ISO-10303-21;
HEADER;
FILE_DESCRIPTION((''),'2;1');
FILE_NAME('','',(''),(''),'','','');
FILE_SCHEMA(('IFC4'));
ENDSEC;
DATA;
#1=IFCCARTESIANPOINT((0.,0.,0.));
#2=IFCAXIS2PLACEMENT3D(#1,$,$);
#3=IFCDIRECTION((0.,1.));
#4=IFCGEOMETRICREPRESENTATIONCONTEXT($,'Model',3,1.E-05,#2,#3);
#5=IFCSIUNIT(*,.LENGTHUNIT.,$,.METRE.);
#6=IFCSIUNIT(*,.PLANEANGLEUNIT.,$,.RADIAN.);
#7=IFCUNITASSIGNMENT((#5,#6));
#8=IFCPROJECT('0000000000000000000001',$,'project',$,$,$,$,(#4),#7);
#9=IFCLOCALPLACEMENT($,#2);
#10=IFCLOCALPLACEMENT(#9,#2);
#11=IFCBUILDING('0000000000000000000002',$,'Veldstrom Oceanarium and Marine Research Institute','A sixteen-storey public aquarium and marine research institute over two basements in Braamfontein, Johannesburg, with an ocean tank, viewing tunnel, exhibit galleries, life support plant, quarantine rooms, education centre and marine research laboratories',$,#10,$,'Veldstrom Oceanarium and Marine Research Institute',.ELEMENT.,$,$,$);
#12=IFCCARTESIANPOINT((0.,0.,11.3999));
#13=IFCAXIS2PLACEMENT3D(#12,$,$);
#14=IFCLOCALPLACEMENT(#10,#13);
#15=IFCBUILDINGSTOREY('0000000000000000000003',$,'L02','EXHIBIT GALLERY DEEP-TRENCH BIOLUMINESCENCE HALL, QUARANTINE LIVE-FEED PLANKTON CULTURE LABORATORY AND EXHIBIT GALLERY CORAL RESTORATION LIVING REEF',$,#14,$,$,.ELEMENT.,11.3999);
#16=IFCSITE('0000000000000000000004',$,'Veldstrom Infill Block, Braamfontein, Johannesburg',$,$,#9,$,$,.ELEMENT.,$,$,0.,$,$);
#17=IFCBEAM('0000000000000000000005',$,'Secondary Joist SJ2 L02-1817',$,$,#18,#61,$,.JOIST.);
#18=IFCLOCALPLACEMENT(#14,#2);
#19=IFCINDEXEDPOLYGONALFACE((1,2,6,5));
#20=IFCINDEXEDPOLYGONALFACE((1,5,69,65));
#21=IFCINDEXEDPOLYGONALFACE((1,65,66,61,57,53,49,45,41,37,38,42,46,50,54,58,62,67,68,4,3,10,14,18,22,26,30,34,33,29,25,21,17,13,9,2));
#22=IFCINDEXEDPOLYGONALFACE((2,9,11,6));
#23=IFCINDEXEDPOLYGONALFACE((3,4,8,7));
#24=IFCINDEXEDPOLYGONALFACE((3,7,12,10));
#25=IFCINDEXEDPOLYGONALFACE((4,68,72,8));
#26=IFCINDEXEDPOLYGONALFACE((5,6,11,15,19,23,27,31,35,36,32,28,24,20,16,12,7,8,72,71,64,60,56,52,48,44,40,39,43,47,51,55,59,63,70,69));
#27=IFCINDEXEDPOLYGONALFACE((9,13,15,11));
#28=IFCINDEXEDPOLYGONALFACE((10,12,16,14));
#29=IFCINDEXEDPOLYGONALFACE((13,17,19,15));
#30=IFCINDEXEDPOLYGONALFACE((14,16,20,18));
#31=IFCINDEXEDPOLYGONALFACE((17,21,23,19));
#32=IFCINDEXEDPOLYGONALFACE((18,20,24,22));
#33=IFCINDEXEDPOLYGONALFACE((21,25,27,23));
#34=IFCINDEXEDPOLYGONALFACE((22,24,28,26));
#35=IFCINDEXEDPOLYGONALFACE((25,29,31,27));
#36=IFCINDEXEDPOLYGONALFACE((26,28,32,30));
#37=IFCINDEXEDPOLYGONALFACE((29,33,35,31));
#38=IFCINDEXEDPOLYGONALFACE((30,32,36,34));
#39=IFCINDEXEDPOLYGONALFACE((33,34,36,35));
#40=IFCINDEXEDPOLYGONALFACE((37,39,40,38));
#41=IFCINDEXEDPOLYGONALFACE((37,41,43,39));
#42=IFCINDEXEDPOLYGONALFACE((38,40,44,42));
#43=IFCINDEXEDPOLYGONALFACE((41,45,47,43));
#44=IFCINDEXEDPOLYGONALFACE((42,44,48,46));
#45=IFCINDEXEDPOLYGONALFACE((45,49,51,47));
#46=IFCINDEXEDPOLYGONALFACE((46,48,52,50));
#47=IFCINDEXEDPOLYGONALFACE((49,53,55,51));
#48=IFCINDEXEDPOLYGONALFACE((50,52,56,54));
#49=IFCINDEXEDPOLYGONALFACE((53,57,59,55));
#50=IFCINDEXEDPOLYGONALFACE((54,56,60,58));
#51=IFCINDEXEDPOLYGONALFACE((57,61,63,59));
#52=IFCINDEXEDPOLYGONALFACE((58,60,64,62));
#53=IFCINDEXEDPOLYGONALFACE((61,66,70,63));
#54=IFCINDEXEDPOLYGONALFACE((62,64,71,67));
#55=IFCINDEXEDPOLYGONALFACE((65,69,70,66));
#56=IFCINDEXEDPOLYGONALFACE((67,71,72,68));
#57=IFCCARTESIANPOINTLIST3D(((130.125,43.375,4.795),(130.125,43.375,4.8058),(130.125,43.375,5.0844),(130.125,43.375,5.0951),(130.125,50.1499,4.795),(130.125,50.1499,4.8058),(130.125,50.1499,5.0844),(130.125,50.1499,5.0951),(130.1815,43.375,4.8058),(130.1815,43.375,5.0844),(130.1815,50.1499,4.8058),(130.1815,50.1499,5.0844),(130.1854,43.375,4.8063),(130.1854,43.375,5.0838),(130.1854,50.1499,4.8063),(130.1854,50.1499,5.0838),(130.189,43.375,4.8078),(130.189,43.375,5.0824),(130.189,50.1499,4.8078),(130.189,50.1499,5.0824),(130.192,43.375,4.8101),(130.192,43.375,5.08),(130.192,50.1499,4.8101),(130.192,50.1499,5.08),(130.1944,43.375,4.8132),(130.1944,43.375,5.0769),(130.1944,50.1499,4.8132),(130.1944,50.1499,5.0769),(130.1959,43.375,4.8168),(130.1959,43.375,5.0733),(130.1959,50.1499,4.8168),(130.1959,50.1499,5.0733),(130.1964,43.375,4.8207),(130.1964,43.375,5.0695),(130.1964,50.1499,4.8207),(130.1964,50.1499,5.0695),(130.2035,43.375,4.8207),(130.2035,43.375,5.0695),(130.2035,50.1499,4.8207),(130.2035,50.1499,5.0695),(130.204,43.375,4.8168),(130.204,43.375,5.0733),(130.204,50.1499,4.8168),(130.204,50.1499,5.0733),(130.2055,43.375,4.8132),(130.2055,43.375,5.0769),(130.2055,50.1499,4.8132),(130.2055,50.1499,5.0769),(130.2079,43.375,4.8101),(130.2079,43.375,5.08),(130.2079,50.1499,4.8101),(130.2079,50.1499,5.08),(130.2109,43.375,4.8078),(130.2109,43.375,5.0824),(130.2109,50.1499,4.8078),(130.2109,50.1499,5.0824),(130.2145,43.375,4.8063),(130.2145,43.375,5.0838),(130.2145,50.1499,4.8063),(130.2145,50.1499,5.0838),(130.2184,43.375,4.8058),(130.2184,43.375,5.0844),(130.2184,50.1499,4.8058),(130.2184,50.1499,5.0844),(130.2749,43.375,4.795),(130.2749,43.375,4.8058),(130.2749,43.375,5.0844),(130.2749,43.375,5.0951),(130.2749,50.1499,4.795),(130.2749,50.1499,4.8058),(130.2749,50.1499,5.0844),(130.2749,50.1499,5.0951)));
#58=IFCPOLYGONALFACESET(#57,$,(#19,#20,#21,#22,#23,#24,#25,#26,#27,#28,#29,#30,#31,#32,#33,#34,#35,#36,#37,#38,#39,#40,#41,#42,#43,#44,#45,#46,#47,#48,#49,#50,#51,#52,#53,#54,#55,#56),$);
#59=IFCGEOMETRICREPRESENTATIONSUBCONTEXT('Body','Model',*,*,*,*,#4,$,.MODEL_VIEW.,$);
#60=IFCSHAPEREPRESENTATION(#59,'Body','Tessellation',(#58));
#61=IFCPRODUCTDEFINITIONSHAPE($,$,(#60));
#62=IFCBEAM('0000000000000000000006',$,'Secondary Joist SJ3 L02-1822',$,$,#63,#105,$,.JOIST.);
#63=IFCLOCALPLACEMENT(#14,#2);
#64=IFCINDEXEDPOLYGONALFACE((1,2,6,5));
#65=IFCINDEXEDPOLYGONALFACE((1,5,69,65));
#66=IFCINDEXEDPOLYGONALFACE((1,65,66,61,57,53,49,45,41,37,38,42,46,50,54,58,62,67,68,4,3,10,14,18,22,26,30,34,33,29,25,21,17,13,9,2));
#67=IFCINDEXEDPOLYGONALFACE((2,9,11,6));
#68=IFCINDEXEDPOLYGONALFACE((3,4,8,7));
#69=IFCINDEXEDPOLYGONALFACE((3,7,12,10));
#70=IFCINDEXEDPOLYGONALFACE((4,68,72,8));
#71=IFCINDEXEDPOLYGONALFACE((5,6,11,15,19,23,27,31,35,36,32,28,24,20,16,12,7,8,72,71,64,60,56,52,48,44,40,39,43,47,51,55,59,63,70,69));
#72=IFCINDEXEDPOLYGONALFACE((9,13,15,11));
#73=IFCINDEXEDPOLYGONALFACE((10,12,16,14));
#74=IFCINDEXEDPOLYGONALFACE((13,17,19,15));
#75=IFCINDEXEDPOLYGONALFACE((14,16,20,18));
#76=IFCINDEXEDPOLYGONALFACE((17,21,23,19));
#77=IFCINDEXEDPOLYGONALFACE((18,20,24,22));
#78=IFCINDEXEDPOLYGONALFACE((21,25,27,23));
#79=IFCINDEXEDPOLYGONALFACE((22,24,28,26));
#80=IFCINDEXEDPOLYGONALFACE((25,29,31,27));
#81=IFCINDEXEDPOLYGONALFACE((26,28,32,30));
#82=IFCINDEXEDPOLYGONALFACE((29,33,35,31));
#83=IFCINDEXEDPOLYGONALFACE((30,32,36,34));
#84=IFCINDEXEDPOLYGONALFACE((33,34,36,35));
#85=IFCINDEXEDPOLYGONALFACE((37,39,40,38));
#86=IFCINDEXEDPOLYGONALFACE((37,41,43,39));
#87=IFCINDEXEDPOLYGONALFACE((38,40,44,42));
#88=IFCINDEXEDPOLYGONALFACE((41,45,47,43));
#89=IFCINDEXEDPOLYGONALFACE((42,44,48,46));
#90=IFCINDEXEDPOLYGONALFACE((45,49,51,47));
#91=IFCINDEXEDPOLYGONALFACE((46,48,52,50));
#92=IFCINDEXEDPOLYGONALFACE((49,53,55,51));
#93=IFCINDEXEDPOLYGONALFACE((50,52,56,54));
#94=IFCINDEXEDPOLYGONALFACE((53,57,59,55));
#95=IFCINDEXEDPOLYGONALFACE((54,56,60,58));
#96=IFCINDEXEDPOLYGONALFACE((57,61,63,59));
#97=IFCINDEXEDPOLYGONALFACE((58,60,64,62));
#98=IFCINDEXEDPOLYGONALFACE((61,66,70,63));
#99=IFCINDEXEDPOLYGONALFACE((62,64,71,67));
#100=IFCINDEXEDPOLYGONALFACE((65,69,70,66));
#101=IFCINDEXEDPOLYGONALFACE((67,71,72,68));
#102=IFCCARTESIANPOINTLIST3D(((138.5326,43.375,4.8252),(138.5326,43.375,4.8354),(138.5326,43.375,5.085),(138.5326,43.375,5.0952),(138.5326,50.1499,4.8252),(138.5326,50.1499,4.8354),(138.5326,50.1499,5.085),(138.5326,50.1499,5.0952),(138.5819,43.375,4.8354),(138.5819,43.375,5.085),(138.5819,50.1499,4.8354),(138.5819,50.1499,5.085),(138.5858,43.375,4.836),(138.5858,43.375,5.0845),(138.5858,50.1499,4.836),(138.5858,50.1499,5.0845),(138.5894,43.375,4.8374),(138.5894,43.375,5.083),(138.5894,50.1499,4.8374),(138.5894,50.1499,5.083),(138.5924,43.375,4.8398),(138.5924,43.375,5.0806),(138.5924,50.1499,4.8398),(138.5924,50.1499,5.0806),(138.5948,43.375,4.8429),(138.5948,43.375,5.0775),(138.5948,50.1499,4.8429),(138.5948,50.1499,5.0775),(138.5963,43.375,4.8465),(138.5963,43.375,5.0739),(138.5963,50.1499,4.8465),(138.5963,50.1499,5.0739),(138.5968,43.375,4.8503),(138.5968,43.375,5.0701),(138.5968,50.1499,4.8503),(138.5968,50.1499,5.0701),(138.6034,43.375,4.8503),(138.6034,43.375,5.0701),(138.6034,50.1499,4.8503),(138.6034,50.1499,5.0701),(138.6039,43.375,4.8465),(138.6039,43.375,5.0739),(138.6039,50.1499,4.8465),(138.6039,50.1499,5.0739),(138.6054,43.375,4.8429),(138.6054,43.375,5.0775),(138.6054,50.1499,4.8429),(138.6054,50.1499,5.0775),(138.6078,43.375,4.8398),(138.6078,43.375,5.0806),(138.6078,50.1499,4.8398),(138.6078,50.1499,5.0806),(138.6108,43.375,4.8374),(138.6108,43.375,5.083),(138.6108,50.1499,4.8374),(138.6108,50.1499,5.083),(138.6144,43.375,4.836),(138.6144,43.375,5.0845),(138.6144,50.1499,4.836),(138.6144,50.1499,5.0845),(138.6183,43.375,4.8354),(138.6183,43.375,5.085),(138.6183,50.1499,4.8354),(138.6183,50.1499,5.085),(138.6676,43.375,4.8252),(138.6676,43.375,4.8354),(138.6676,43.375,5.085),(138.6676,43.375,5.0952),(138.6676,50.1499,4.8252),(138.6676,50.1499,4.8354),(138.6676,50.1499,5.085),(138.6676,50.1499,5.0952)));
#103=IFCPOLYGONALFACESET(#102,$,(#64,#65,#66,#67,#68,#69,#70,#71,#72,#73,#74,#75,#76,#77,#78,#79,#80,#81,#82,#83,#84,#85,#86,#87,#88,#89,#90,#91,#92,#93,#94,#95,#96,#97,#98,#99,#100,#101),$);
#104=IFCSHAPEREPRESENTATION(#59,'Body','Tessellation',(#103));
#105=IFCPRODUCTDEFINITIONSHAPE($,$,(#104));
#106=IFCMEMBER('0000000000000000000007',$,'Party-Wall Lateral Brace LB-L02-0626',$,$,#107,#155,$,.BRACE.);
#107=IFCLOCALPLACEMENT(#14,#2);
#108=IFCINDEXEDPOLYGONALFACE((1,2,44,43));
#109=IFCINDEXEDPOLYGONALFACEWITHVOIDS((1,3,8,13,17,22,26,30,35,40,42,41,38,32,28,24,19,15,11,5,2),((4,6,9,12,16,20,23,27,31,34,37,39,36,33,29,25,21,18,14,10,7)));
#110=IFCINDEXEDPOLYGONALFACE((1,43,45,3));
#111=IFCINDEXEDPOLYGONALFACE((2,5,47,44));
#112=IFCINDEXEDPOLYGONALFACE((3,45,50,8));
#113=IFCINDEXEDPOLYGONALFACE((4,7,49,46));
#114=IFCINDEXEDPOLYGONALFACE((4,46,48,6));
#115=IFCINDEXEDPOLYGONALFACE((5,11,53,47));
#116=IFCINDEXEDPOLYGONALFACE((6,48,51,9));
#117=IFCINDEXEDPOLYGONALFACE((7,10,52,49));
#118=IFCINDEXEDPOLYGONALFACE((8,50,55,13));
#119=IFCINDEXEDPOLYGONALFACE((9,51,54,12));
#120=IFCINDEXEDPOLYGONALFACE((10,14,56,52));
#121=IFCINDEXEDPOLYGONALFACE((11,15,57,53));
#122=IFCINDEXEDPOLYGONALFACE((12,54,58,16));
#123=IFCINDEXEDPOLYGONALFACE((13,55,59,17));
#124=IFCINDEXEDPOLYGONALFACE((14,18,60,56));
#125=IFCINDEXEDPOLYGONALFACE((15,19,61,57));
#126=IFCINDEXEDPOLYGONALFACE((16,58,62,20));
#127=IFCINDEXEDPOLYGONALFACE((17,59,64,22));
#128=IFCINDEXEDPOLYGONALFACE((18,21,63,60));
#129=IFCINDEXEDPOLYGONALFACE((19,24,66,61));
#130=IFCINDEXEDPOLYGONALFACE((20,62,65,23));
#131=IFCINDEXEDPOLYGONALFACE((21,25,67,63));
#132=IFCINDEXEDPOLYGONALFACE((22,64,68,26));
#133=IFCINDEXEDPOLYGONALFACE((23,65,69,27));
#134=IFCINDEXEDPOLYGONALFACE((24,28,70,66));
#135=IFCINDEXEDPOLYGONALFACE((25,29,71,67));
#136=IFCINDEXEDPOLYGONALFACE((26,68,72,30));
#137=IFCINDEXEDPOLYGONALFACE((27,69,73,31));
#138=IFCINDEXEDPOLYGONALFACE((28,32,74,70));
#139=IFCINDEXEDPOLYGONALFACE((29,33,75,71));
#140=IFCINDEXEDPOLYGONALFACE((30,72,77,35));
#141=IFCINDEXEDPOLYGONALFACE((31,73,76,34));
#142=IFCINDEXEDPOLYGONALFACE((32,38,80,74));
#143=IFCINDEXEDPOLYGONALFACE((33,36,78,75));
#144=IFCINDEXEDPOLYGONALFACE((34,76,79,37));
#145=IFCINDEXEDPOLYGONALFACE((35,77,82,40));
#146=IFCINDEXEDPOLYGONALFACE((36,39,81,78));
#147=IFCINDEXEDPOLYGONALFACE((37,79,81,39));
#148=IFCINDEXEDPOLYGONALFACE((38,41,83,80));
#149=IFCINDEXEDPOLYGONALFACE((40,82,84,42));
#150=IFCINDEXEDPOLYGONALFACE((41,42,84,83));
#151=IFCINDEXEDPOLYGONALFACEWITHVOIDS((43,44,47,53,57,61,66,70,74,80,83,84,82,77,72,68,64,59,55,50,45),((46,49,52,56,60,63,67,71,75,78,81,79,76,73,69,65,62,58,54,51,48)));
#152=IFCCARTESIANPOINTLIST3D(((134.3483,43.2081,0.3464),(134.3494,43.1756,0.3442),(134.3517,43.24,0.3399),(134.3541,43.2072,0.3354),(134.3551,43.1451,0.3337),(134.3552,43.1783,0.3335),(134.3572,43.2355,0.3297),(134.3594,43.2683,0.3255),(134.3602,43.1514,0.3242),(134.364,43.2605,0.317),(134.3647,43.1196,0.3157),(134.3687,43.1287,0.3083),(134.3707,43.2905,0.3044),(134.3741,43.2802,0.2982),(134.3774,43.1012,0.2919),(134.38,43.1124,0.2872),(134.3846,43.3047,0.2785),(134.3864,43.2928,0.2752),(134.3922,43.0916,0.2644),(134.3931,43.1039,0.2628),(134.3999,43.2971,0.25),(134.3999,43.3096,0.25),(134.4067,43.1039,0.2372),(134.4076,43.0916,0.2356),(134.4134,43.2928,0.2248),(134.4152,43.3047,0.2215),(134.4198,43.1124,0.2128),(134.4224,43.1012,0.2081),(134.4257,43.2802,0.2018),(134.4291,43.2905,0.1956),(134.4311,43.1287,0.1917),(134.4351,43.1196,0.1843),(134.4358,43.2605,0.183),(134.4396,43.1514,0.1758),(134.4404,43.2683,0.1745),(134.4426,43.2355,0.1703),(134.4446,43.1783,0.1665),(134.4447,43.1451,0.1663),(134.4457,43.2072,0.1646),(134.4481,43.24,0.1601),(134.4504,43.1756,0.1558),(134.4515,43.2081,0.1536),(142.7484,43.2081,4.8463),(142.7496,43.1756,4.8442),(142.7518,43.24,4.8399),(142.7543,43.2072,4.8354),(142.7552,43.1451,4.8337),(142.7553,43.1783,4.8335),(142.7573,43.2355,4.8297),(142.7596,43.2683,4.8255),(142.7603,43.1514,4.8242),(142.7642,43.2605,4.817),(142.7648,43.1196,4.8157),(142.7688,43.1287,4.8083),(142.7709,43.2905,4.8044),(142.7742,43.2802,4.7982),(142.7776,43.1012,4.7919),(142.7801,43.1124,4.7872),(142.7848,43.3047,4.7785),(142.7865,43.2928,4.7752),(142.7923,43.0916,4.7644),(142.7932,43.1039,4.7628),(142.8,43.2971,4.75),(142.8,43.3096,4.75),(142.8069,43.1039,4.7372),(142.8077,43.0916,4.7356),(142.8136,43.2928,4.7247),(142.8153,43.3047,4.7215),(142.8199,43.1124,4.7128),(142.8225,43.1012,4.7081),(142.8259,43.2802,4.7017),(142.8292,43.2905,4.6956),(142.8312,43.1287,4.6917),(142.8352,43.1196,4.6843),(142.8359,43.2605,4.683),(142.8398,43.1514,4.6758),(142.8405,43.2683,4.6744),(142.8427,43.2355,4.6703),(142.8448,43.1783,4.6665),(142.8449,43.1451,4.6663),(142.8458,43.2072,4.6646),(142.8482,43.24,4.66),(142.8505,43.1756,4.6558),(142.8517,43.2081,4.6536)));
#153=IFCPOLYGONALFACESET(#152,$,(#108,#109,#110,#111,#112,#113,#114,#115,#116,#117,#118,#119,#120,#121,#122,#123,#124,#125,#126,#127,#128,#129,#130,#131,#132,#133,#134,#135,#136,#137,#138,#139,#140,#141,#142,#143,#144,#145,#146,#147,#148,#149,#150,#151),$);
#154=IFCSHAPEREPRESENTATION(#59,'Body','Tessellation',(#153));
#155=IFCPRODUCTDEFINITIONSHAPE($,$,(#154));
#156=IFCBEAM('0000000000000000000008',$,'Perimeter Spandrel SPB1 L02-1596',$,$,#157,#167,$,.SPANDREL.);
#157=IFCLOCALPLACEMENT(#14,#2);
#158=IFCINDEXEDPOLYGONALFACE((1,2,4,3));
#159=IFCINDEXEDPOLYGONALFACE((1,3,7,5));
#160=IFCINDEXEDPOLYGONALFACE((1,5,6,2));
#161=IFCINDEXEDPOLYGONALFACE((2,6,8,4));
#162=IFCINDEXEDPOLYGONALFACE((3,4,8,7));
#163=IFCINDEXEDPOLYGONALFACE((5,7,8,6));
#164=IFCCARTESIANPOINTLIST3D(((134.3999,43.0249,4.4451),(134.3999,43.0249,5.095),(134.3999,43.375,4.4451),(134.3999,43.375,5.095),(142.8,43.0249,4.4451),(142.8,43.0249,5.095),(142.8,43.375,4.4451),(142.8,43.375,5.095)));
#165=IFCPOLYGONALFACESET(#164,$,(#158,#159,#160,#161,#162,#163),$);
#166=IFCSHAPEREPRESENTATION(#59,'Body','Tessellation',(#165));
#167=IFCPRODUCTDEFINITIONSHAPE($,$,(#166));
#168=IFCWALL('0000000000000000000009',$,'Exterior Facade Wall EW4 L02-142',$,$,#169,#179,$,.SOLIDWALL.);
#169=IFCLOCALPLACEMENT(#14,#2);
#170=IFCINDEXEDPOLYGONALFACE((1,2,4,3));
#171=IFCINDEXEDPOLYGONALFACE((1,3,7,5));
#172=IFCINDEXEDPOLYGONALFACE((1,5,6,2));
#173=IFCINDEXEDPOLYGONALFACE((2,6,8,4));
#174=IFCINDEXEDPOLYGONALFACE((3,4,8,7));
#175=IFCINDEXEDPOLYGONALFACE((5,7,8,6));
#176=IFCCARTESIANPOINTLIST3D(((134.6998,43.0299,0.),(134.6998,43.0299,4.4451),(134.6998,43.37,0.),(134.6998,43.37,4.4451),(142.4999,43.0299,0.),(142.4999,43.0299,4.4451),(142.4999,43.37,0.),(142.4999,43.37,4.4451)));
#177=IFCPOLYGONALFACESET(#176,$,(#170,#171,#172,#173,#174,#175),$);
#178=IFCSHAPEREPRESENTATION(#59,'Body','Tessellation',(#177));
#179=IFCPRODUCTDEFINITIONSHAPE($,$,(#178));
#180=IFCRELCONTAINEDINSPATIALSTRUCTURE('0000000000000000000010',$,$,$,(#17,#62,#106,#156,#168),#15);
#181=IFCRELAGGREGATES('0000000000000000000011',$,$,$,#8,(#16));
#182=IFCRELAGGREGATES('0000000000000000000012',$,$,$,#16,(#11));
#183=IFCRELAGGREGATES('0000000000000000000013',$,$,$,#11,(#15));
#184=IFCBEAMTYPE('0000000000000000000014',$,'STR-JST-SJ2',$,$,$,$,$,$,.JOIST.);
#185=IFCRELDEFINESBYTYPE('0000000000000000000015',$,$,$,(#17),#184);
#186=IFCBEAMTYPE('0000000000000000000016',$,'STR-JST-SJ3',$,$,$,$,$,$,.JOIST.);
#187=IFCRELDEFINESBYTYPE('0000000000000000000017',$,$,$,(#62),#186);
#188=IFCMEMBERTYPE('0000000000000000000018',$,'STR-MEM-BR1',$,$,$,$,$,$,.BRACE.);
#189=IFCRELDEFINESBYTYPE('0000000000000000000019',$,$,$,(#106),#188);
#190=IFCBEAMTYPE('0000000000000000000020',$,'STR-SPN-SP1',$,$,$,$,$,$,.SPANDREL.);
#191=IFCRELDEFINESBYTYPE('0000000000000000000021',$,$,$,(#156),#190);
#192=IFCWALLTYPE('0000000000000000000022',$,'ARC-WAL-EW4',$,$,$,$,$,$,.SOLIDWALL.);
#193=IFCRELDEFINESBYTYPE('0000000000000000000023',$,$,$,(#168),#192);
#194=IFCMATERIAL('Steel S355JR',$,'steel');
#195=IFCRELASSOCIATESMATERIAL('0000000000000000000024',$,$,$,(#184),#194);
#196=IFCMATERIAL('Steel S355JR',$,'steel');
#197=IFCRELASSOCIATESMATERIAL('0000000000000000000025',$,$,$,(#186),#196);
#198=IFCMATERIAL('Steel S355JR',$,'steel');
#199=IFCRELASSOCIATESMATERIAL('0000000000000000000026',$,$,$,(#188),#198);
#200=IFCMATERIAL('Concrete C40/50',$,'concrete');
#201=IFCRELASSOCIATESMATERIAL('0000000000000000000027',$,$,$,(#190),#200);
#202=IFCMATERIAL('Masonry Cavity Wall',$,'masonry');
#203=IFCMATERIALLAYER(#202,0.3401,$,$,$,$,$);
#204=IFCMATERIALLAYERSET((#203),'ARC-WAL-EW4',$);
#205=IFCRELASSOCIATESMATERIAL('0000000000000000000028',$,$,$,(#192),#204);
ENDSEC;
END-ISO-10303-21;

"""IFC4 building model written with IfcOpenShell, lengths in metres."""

from ifc_helpers import new_model, si_unit, direction, frame, frame_2d, origin, origin_2d, place, context, subcontext, project, spatial, rectangle, hollow_circle, i_section, extrude, material, layer, layer_set, material_profile, profile_set, type_object, element, save


model = new_model("IFC4")

# Units and contexts
model_context = context("Model", 3, precision=1e-05, world=origin(), true_north=direction((0.0, 1.0)))
body_context = subcontext(model_context, "Body", "Model", "MODEL_VIEW")
ifc_project = project(units=[si_unit("LENGTHUNIT", "METRE"), si_unit("PLANEANGLEUNIT", "RADIAN")], contexts=[model_context])

# Site, building, storey
site_placement = place(None, origin())
site = spatial("IfcSite", under=ifc_project, at=site_placement, Name="Veldstrom Infill Block, Braamfontein, Johannesburg", CompositionType="ELEMENT", RefElevation=0.0)
building_placement = place(site_placement, origin())
building = spatial("IfcBuilding", under=site, at=building_placement, Name="Veldstrom Oceanarium and Marine Research Institute", Description="A sixteen-storey public aquarium and marine research institute over two basements in Braamfontein, Johannesburg, with an ocean tank, viewing tunnel, exhibit galleries, life support plant, quarantine rooms, education centre and marine research laboratories", LongName="Veldstrom Oceanarium and Marine Research Institute", CompositionType="ELEMENT")
storey_placement = place(building_placement, frame((0.0, 0.0, 11.3999)))
storey = spatial("IfcBuildingStorey", under=building, at=storey_placement, Name="L02", Description="EXHIBIT GALLERY DEEP-TRENCH BIOLUMINESCENCE HALL, QUARANTINE LIVE-FEED PLANKTON CULTURE LABORATORY AND EXHIBIT GALLERY CORAL RESTORATION LIVING REEF", CompositionType="ELEMENT", Elevation=11.3999)

# Beams
ifc_material_1 = material(Name="Steel S355JR", Category="steel")
ifc_material_profile_1 = material_profile(ifc_material_1, i_section(OverallWidth=0.1499, OverallDepth=0.3, WebThickness=0.0071, FlangeThickness=0.0107, FilletRadius=0.0149, at=origin_2d()), Name="IPE 300")
ifc_profile_set_1 = profile_set([ifc_material_profile_1], Name="Steel S355JR")
beam_type_1 = type_object("IfcBeamType", Name="STR-JST-SJ2", PredefinedType="JOIST", material=ifc_profile_set_1)
beam_1_placement = place(storey_placement, frame((130.2, 43.375, 4.9451), z_axis=(0.0, 1.0, 0.0), x_axis=(-1.0, 0.0, 0.0)))
element("IfcBeam", 1, at=beam_1_placement, inside=storey, type_object=beam_type_1, Name="Secondary Joist SJ2 L02-1817", PredefinedType="JOIST", context=body_context, shape_type="SweptSolid", body=[
    extrude(i_section(OverallWidth=0.1499, OverallDepth=0.3, WebThickness=0.0071, FlangeThickness=0.0107, FilletRadius=0.0149, at=origin_2d()), origin(), (0.0, 0.0, 1.0), 6.7749),
])
ifc_material_2 = material(Name="Steel S355JR", Category="steel")
ifc_material_profile_2 = material_profile(ifc_material_2, i_section(OverallWidth=0.135, OverallDepth=0.27, WebThickness=0.0066, FlangeThickness=0.0103, FilletRadius=0.0149, at=origin_2d()), Name="IPE 270")
ifc_profile_set_2 = profile_set([ifc_material_profile_2], Name="Steel S355JR")
beam_type_2 = type_object("IfcBeamType", Name="STR-JST-SJ3", PredefinedType="JOIST", material=ifc_profile_set_2)
beam_2_placement = place(storey_placement, frame((138.6001, 43.375, 4.9602), z_axis=(0.0, 1.0, 0.0), x_axis=(-1.0, 0.0, 0.0)))
element("IfcBeam", 2, at=beam_2_placement, inside=storey, type_object=beam_type_2, Name="Secondary Joist SJ3 L02-1822", PredefinedType="JOIST", context=body_context, shape_type="SweptSolid", body=[
    extrude(i_section(OverallWidth=0.135, OverallDepth=0.27, WebThickness=0.0066, FlangeThickness=0.0103, FilletRadius=0.0149, at=origin_2d()), origin(), (0.0, 0.0, 1.0), 6.7749),
])

# Member
ifc_material_3 = material(Name="Steel S355JR", Category="steel")
ifc_material_profile_3 = material_profile(ifc_material_3, hollow_circle(Radius=0.1096, WallThickness=0.0125, at=origin_2d()), Name="CHS 219.1x12.5")
ifc_profile_set_3 = profile_set([ifc_material_profile_3], Name="Steel S355JR")
member_type = type_object("IfcMemberType", Name="STR-MEM-BR1", PredefinedType="BRACE", material=ifc_profile_set_3)
member_placement = place(storey_placement, frame((134.3999, 43.2, 0.25), z_axis=(0.881483, 0.0, 0.472215), x_axis=(0.0, 1.0, 0.0)))
element("IfcMember", 3, at=member_placement, inside=storey, type_object=member_type, Name="Party-Wall Lateral Brace LB-L02-0626", PredefinedType="BRACE", context=body_context, shape_type="SweptSolid", body=[
    extrude(hollow_circle(Radius=0.1096, WallThickness=0.0125, at=origin_2d()), origin(), (0.0, 0.0, 1.0), 9.5295),
])

# Beam
ifc_material_4 = material(Name="Concrete C40/50", Category="concrete")
ifc_material_profile_4 = material_profile(ifc_material_4, rectangle(XDim=0.3501, YDim=0.6499, at=origin_2d()), Name="RC-SPN-350x650")
ifc_profile_set_4 = profile_set([ifc_material_profile_4], Name="Concrete C40/50")
beam_type_3 = type_object("IfcBeamType", Name="STR-SPN-SP1", PredefinedType="SPANDREL", material=ifc_profile_set_4)
beam_3_placement = place(storey_placement, frame((134.3999, 43.2, 4.77), z_axis=(1.0, 0.0, 0.0), x_axis=(0.0, 1.0, 0.0)))
element("IfcBeam", 4, at=beam_3_placement, inside=storey, type_object=beam_type_3, Name="Perimeter Spandrel SPB1 L02-1596", PredefinedType="SPANDREL", context=body_context, shape_type="SweptSolid", body=[
    extrude(rectangle(XDim=0.3501, YDim=0.6499, at=origin_2d()), origin(), (0.0, 0.0, 1.0), 8.4001),
])

# Wall
ifc_material_5 = material(Name="Masonry Cavity Wall", Category="masonry")
ifc_layer_1 = layer(ifc_material_5, 0.3401)
ifc_layer_set_1 = layer_set([ifc_layer_1], Name="ARC-WAL-EW4")
wall_type_1 = type_object("IfcWallType", Name="ARC-WAL-EW4", PredefinedType="SOLIDWALL", material=ifc_layer_set_1)
wall_1_placement = place(storey_placement, frame((134.7, 43.2, 0.0), z_axis=(0.0, 0.0, 1.0), x_axis=(1.0, 0.0, 0.0)))
element("IfcWall", 5, at=wall_1_placement, inside=storey, type_object=wall_type_1, Name="Exterior Facade Wall EW4 L02-142", PredefinedType="SOLIDWALL", context=body_context, shape_type="SweptSolid", body=[
    extrude(rectangle(XDim=7.8, YDim=0.3401, at=frame_2d((3.8999, 0.0))), origin(), (0.0, 0.0, 1.0), 4.4451),
])

save(model, "model.ifc")
